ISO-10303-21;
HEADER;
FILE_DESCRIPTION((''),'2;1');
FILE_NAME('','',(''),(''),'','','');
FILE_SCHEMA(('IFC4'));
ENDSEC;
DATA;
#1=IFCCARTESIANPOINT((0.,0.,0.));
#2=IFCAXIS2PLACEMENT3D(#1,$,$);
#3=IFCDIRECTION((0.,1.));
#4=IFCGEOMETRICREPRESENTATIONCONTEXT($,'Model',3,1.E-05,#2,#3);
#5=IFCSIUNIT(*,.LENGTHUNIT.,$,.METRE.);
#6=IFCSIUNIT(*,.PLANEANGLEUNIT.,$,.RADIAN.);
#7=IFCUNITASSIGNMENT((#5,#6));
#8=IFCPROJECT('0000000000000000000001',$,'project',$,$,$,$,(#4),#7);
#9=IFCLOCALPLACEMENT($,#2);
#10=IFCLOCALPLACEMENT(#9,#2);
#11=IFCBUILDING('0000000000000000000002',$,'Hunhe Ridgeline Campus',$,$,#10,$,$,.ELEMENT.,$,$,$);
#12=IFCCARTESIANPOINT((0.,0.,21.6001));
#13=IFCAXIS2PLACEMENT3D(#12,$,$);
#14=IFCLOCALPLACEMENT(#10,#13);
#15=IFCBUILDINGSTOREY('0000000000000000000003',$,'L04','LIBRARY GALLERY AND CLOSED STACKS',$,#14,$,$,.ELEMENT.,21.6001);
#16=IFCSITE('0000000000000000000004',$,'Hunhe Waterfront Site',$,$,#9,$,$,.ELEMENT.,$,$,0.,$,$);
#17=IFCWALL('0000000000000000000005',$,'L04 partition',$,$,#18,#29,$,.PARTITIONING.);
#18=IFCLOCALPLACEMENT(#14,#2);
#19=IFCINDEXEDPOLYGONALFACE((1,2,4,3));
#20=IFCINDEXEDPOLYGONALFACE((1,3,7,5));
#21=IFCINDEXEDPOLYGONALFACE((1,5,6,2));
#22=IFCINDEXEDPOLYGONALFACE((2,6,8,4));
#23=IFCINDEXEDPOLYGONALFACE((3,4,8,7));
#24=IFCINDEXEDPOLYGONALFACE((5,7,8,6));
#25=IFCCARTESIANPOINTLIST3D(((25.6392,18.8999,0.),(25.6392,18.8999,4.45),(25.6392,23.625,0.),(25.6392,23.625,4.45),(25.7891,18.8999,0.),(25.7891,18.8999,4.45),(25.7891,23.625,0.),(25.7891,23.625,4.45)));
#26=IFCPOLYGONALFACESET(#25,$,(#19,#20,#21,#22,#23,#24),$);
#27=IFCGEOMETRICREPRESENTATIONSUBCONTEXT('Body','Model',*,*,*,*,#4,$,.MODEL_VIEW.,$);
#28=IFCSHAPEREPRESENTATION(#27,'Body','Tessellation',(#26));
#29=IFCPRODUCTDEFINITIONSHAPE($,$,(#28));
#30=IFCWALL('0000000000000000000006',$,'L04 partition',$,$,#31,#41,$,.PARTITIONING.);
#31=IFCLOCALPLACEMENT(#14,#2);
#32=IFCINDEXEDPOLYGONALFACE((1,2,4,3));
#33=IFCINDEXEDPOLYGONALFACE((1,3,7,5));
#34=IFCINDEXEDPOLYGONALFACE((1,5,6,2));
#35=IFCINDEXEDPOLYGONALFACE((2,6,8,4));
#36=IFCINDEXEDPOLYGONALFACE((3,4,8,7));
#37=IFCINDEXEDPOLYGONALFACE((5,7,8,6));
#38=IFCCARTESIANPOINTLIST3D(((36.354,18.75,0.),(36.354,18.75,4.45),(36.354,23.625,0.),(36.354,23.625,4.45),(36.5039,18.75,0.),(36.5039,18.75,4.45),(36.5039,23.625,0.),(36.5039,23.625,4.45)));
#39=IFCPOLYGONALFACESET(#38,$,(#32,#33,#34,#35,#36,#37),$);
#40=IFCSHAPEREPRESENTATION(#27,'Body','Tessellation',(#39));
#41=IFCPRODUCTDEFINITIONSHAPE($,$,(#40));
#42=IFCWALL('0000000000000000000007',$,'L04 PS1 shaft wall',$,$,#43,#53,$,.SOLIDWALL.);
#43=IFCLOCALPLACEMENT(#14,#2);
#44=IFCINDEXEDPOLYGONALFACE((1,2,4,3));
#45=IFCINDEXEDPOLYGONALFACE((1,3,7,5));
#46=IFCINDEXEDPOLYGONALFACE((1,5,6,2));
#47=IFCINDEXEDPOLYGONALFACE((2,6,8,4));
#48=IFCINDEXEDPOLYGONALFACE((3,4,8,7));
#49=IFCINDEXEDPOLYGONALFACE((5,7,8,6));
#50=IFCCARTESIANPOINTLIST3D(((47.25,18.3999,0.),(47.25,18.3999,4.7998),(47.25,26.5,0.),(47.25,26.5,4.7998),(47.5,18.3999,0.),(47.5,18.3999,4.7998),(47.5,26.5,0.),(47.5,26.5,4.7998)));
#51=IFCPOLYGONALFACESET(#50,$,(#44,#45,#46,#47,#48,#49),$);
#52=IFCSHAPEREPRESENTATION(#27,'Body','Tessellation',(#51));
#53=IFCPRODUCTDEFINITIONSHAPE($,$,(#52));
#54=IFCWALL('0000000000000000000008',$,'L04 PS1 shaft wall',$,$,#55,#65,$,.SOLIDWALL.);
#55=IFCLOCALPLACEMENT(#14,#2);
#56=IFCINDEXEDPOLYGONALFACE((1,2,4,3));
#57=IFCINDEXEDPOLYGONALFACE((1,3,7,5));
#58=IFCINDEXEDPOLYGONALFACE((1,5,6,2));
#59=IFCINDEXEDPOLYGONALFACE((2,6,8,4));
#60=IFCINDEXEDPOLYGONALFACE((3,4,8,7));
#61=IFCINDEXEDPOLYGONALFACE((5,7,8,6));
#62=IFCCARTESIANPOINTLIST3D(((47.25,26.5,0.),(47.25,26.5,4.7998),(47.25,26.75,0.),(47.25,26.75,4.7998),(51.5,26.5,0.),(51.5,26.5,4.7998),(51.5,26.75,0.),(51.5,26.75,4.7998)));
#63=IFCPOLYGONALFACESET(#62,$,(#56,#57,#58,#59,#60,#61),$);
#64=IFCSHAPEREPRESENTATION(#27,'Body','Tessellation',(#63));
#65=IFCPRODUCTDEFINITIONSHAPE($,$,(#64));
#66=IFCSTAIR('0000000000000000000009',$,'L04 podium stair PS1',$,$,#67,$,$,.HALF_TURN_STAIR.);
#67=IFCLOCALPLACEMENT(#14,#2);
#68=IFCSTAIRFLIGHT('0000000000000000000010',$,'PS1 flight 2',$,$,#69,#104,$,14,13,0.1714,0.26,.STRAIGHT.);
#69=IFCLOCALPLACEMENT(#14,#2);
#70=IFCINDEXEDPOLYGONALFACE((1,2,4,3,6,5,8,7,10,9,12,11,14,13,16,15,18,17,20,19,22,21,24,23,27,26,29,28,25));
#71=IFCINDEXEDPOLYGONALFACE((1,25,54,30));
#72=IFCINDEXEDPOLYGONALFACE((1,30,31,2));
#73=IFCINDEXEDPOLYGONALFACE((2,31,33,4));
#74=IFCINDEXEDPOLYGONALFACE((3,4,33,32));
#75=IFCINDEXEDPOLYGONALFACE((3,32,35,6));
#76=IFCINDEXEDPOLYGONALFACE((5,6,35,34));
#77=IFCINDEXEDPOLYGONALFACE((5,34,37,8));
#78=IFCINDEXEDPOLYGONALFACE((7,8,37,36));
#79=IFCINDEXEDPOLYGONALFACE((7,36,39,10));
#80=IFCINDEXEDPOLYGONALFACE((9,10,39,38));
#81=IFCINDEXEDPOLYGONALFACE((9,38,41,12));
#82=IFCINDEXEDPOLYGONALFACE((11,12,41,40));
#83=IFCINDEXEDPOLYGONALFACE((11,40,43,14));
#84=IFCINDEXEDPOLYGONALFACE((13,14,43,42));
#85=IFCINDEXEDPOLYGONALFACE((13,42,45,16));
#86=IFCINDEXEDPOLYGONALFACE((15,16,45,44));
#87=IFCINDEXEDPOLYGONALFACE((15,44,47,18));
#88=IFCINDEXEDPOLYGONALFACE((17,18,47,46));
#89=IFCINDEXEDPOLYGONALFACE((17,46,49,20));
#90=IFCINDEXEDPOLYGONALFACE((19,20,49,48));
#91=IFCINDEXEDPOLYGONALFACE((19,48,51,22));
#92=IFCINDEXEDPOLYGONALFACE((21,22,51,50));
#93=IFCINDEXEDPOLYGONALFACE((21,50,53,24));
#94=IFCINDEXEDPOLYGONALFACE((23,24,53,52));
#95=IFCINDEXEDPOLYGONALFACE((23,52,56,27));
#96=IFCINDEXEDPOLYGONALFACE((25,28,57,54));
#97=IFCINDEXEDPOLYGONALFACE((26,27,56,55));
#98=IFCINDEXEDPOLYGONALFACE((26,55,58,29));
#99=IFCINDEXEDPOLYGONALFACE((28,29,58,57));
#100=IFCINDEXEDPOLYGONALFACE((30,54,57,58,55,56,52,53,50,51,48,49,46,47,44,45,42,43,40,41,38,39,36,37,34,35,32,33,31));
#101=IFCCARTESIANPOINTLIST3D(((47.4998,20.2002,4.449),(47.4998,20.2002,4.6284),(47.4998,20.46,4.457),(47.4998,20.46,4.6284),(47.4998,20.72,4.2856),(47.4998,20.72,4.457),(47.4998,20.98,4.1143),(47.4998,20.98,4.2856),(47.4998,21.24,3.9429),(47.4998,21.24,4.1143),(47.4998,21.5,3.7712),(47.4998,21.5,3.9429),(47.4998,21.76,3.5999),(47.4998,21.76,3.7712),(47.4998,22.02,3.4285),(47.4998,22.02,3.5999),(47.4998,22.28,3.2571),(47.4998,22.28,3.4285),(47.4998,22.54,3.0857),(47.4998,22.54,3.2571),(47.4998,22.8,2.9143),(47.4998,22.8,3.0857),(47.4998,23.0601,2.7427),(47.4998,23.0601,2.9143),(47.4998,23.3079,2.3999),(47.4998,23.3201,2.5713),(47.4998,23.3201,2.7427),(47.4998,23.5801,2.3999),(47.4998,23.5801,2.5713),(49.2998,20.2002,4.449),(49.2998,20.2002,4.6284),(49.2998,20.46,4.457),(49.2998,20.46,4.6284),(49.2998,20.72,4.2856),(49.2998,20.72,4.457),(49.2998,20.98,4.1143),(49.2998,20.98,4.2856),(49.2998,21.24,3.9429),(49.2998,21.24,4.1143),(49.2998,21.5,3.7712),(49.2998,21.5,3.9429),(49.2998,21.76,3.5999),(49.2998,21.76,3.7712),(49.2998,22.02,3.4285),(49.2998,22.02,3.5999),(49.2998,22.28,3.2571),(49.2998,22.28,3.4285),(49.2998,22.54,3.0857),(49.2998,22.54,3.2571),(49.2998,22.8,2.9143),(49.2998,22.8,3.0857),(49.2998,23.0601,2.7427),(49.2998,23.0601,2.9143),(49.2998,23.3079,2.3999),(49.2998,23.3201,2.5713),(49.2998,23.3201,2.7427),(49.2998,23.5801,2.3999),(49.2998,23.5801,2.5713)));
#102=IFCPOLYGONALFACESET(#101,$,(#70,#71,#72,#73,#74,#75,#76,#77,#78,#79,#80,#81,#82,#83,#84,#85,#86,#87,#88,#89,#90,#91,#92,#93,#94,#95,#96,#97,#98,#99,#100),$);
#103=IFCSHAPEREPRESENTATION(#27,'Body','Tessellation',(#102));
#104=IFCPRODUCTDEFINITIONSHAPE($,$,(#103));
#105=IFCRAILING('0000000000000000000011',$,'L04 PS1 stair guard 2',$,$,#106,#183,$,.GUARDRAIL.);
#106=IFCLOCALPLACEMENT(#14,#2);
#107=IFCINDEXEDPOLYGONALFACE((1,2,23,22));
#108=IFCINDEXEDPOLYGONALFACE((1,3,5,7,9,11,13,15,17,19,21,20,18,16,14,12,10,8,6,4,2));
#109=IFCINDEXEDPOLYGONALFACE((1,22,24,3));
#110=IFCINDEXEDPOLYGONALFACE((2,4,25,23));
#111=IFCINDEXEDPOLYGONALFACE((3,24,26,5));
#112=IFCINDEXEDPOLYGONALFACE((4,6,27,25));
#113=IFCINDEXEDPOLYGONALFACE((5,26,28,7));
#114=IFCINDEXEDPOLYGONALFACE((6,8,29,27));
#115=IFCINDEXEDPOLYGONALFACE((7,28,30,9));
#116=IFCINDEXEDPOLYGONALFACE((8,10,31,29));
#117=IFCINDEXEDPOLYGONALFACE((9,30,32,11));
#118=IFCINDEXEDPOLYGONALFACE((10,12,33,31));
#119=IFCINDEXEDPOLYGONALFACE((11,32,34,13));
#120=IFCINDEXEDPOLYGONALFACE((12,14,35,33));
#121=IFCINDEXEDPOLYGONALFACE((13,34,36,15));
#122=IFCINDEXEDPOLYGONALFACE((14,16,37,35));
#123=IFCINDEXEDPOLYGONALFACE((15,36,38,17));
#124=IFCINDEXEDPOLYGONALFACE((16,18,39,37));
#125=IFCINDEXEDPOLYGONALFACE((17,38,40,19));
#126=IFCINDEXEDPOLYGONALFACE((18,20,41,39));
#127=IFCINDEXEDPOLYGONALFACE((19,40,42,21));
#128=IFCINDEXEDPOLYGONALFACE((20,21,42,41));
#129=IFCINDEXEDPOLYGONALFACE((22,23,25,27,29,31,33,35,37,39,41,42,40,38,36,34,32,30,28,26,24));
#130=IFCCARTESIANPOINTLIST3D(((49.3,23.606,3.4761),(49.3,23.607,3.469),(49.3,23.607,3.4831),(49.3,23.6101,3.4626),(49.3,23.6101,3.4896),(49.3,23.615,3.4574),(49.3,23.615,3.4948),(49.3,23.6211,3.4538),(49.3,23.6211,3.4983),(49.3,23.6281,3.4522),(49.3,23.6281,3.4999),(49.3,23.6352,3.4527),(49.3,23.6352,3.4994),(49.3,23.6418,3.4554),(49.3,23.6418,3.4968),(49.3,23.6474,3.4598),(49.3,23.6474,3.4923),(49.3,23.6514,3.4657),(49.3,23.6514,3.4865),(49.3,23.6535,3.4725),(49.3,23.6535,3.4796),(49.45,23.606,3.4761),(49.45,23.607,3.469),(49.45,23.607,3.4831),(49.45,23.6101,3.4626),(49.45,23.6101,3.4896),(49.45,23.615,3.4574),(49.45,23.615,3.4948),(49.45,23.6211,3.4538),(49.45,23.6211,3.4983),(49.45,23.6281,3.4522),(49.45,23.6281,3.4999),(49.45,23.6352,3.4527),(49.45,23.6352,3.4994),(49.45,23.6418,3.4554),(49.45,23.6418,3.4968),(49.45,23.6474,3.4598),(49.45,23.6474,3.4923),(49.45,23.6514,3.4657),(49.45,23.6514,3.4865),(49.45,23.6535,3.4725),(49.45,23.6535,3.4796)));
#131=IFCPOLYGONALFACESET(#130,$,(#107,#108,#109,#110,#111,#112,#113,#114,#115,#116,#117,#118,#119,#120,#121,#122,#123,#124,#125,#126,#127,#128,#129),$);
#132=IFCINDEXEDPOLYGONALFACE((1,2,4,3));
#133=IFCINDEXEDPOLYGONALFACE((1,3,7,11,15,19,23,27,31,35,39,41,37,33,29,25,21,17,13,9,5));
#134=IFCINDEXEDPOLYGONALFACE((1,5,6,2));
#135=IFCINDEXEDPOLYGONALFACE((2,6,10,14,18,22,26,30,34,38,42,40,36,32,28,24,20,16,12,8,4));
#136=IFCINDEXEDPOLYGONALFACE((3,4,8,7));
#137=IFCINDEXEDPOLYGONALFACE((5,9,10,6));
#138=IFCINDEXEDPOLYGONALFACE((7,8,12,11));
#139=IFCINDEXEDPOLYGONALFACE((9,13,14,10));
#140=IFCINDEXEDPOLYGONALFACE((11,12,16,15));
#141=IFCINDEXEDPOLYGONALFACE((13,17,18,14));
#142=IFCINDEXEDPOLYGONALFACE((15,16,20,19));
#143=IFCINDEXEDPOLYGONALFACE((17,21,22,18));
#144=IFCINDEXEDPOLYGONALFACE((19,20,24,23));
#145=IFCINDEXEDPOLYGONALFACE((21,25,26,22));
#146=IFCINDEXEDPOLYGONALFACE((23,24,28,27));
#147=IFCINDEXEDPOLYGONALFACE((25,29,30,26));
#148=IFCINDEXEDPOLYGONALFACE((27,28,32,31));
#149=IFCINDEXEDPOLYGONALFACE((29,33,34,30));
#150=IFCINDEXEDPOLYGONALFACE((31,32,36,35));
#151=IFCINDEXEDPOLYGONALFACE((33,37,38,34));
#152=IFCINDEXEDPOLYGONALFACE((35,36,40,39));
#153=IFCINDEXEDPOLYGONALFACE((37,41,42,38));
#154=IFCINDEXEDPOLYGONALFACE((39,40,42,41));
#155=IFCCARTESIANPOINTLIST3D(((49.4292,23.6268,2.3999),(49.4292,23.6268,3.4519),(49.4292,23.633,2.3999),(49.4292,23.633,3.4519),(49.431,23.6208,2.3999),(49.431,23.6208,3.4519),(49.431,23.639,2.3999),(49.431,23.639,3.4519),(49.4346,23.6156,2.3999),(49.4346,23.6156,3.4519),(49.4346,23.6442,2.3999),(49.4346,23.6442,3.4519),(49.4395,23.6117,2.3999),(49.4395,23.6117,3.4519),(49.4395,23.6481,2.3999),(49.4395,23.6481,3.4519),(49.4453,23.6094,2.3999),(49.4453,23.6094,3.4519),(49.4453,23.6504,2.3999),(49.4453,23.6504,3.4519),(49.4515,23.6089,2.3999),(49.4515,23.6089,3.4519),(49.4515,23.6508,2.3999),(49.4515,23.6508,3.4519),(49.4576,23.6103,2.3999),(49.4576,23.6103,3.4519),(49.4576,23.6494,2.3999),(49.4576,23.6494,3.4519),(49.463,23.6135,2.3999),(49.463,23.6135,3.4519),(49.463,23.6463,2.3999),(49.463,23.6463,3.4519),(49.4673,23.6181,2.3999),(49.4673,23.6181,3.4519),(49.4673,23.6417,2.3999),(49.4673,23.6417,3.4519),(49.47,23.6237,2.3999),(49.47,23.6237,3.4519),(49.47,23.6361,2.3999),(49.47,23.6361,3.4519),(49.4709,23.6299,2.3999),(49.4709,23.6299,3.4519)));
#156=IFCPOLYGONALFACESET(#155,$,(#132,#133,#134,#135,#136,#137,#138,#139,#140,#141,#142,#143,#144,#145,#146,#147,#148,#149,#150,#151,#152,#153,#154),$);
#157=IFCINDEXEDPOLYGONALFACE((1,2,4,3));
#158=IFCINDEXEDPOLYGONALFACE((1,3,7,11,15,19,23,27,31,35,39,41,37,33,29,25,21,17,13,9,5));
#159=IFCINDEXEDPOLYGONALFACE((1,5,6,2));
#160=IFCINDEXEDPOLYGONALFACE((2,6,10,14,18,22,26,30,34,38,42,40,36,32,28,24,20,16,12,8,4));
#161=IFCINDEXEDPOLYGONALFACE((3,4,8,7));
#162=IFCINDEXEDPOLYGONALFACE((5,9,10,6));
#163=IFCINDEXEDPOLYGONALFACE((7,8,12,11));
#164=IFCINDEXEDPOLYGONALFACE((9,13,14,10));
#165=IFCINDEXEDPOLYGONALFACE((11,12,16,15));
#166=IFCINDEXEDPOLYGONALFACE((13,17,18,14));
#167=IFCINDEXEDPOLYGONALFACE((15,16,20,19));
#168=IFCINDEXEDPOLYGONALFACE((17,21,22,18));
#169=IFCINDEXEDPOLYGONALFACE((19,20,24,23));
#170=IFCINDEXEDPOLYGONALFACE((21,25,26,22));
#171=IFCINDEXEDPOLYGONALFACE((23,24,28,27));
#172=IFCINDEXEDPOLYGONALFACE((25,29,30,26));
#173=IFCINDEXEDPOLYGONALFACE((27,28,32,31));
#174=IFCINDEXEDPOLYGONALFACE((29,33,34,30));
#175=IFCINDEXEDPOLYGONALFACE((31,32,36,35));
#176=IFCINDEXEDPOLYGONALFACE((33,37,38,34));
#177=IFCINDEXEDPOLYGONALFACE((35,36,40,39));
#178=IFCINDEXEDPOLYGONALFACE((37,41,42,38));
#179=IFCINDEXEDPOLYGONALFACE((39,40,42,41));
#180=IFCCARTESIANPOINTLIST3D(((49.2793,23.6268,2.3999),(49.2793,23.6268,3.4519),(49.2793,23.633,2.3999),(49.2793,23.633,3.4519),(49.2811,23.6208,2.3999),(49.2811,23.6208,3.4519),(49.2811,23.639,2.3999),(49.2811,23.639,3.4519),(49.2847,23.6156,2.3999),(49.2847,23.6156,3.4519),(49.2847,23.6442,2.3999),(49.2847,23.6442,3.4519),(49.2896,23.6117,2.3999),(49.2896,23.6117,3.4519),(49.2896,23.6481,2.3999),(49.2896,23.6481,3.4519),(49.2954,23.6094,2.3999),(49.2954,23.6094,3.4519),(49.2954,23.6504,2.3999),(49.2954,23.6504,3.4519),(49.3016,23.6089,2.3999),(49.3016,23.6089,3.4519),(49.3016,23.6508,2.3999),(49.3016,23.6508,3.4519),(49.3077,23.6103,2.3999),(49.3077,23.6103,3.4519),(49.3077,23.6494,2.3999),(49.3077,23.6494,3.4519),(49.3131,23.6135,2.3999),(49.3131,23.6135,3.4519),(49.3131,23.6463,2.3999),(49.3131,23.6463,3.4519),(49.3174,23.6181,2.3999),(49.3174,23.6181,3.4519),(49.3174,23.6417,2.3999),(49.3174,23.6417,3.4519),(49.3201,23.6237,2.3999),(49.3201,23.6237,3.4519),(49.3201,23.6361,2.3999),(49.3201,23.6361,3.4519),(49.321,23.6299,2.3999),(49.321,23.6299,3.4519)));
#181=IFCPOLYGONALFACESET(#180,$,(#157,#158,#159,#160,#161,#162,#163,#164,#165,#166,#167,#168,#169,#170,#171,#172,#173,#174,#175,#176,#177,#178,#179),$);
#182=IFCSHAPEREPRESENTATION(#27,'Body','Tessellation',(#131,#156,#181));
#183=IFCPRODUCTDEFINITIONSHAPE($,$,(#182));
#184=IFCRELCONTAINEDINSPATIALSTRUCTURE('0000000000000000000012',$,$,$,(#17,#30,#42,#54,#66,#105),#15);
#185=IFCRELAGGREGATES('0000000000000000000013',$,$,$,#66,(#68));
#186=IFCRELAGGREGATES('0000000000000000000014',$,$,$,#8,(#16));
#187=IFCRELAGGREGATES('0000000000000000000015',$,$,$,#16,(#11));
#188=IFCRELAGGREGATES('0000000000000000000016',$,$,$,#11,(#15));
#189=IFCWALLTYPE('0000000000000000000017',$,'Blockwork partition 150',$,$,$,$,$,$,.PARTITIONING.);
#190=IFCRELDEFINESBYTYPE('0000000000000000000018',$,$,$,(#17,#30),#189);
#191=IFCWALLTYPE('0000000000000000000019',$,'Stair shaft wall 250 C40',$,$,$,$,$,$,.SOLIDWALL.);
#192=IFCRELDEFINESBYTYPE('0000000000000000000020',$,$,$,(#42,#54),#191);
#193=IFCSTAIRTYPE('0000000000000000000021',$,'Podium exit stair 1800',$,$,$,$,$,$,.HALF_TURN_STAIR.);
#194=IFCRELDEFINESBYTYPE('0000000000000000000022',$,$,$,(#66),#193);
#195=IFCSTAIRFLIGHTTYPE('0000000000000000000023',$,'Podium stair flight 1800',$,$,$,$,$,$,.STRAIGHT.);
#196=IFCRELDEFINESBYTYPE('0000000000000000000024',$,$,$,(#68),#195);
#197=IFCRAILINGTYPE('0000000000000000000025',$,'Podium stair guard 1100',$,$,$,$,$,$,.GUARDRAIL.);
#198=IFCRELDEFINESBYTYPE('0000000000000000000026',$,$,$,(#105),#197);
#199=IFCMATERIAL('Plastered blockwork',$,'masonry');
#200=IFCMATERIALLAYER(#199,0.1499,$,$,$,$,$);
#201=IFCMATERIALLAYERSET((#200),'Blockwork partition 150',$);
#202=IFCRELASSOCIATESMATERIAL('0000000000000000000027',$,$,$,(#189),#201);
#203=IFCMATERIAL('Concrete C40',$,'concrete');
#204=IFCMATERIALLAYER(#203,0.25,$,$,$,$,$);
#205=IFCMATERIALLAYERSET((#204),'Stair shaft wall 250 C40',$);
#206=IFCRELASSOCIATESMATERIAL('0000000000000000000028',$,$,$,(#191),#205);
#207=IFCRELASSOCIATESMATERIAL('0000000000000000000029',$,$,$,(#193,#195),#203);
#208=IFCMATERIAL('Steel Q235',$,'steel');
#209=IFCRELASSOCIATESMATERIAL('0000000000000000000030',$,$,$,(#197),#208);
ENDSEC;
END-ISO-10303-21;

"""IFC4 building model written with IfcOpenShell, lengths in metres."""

from ifc_helpers import new_model, si_unit, direction, frame, frame_2d, origin, origin_2d, place, context, subcontext, project, spatial, polyline, rectangle, circle, outline, extrude, material, layer, layer_set, type_object, element, aggregate, save


model = new_model("IFC4")

# Units and contexts
model_context = context("Model", 3, precision=1e-05, world=origin(), true_north=direction((0.0, 1.0)))
body_context = subcontext(model_context, "Body", "Model", "MODEL_VIEW")
ifc_project = project(units=[si_unit("LENGTHUNIT", "METRE"), si_unit("PLANEANGLEUNIT", "RADIAN")], contexts=[model_context])

# Site, building, storey
site_placement = place(None, origin())
site = spatial("IfcSite", under=ifc_project, at=site_placement, Name="Hunhe Waterfront Site", CompositionType="ELEMENT", RefElevation=0.0)
building_placement = place(site_placement, origin())
building = spatial("IfcBuilding", under=site, at=building_placement, Name="Hunhe Ridgeline Campus", CompositionType="ELEMENT")
storey_placement = place(building_placement, frame((0.0, 0.0, 21.6001)))
storey = spatial("IfcBuildingStorey", under=building, at=storey_placement, Name="L04", Description="LIBRARY GALLERY AND CLOSED STACKS", CompositionType="ELEMENT", Elevation=21.6001)

# Walls
ifc_material_1 = material(Name="Plastered blockwork", Category="masonry")
ifc_layer_1 = layer(ifc_material_1, 0.1499)
ifc_layer_set_1 = layer_set([ifc_layer_1], Name="Blockwork partition 150")
wall_type_1 = type_object("IfcWallType", Name="Blockwork partition 150", PredefinedType="PARTITIONING", material=ifc_layer_set_1)
wall_1_placement = place(storey_placement, frame((25.7141, 18.8999, 0.0), z_axis=(0.0, 0.0, 1.0), x_axis=(0.0, 1.0, 0.0)))
element("IfcWall", 1, at=wall_1_placement, inside=storey, type_object=wall_type_1, Name="L04 partition", PredefinedType="PARTITIONING", context=body_context, shape_type="SweptSolid", body=[
    extrude(rectangle(XDim=4.7251, YDim=0.1499, at=frame_2d((2.3625, 0.0))), origin(), (0.0, 0.0, 1.0), 4.45),
])
wall_2_placement = place(storey_placement, frame((36.429, 18.75, 0.0), z_axis=(0.0, 0.0, 1.0), x_axis=(0.0, 1.0, 0.0)))
element("IfcWall", 2, at=wall_2_placement, inside=storey, type_object=wall_type_1, Name="L04 partition", PredefinedType="PARTITIONING", context=body_context, shape_type="SweptSolid", body=[
    extrude(rectangle(XDim=4.875, YDim=0.1499, at=frame_2d((2.4375, 0.0))), origin(), (0.0, 0.0, 1.0), 4.45),
])
ifc_material_2 = material(Name="Concrete C40", Category="concrete")
ifc_layer_2 = layer(ifc_material_2, 0.25)
ifc_layer_set_2 = layer_set([ifc_layer_2], Name="Stair shaft wall 250 C40")
wall_type_2 = type_object("IfcWallType", Name="Stair shaft wall 250 C40", PredefinedType="SOLIDWALL", material=ifc_layer_set_2)
wall_3_placement = place(storey_placement, frame((47.375, 18.3999, 0.0), z_axis=(0.0, 0.0, 1.0), x_axis=(0.0, 1.0, 0.0)))
element("IfcWall", 3, at=wall_3_placement, inside=storey, type_object=wall_type_2, Name="L04 PS1 shaft wall", PredefinedType="SOLIDWALL", context=body_context, shape_type="SweptSolid", body=[
    extrude(rectangle(XDim=8.1001, YDim=0.25, at=frame_2d((4.05, 0.0))), origin(), (0.0, 0.0, 1.0), 4.7998),
])
wall_4_placement = place(storey_placement, frame((47.25, 26.625, 0.0), z_axis=(0.0, 0.0, 1.0), x_axis=(1.0, 0.0, 0.0)))
element("IfcWall", 4, at=wall_4_placement, inside=storey, type_object=wall_type_2, Name="L04 PS1 shaft wall", PredefinedType="SOLIDWALL", context=body_context, shape_type="SweptSolid", body=[
    extrude(rectangle(XDim=4.25, YDim=0.25, at=frame_2d((2.125, 0.0))), origin(), (0.0, 0.0, 1.0), 4.7998),
])

# Stair, stair flight
stair_type = type_object("IfcStairType", Name="Podium exit stair 1800", PredefinedType="HALF_TURN_STAIR", material=ifc_material_2)
stair_placement = place(storey_placement, origin())
stair = element("IfcStair", 5, at=stair_placement, inside=storey, type_object=stair_type, Name="L04 podium stair PS1", PredefinedType="HALF_TURN_STAIR")
stair_flight_type = type_object("IfcStairFlightType", Name="Podium stair flight 1800", PredefinedType="STRAIGHT", material=ifc_material_2)
stair_flight_placement = place(storey_placement, frame((48.3999, 23.5801, 2.3999), z_axis=(0.0, 0.0, 1.0), x_axis=(0.0, -1.0, 0.0)))
stair_flight = element("IfcStairFlight", 6, at=stair_flight_placement, type_object=stair_flight_type, Name="PS1 flight 2", NumberOfRisers=14, NumberOfTreads=13, PredefinedType="STRAIGHT", RiserHeight=0.1714, TreadLength=0.26, context=body_context, shape_type="SweptSolid", body=[
    extrude(outline(polyline([(0.0, 0.0), (0.0, 0.1714), (0.26, 0.1714), (0.26, 0.3428), (0.52, 0.3428), (0.52, 0.5144), (0.78, 0.5144), (0.78, 0.6858), (1.04, 0.6858), (1.04, 0.8572), (1.3, 0.8572), (1.3, 1.0286), (1.5601, 1.0286), (1.5601, 1.2), (1.8201, 1.2), (1.8201, 1.3713), (2.0801, 1.3713), (2.0801, 1.543), (2.3401, 1.543), (2.3401, 1.7144), (2.6001, 1.7144), (2.6001, 1.8857), (2.8601, 1.8857), (2.8601, 2.0571), (3.1201, 2.0571), (3.1201, 2.2285), (3.3799, 2.2285), (3.3799, 2.3999), (3.3799, 2.0491), (0.2722, 0.0), (0.0, 0.0)])), frame((0.0, 0.8999, 0.0), z_axis=(0.0, -1.0, 0.0), x_axis=(1.0, 0.0, 0.0)), (0.0, 0.0, 1.0), 1.8),
])
aggregate(stair, [stair_flight])

# Railing
ifc_material_3 = material(Name="Steel Q235", Category="steel")
railing_type_1 = type_object("IfcRailingType", Name="Podium stair guard 1100", PredefinedType="GUARDRAIL", material=ifc_material_3)
railing_1_placement = place(storey_placement, frame((49.45, 23.6299, 2.3999)))
element("IfcRailing", 7, at=railing_1_placement, inside=storey, type_object=railing_type_1, Name="L04 PS1 stair guard 2", PredefinedType="GUARDRAIL", context=body_context, shape_type="SweptSolid", body=[
    extrude(circle(Radius=0.0239, at=origin_2d()), frame((0.0, 0.0, 1.0762), z_axis=(-1.0, 0.0, 0.0), x_axis=(0.0, -1.0, 0.0)), (0.0, 0.0, 1.0), 0.1499),
    extrude(circle(Radius=0.021, at=origin_2d()), origin(), (0.0, 0.0, 1.0), 1.052),
    extrude(circle(Radius=0.021, at=origin_2d()), frame((-0.1499, 0.0, 0.0)), (0.0, 0.0, 1.0), 1.052),
])

save(model, "model.ifc")
